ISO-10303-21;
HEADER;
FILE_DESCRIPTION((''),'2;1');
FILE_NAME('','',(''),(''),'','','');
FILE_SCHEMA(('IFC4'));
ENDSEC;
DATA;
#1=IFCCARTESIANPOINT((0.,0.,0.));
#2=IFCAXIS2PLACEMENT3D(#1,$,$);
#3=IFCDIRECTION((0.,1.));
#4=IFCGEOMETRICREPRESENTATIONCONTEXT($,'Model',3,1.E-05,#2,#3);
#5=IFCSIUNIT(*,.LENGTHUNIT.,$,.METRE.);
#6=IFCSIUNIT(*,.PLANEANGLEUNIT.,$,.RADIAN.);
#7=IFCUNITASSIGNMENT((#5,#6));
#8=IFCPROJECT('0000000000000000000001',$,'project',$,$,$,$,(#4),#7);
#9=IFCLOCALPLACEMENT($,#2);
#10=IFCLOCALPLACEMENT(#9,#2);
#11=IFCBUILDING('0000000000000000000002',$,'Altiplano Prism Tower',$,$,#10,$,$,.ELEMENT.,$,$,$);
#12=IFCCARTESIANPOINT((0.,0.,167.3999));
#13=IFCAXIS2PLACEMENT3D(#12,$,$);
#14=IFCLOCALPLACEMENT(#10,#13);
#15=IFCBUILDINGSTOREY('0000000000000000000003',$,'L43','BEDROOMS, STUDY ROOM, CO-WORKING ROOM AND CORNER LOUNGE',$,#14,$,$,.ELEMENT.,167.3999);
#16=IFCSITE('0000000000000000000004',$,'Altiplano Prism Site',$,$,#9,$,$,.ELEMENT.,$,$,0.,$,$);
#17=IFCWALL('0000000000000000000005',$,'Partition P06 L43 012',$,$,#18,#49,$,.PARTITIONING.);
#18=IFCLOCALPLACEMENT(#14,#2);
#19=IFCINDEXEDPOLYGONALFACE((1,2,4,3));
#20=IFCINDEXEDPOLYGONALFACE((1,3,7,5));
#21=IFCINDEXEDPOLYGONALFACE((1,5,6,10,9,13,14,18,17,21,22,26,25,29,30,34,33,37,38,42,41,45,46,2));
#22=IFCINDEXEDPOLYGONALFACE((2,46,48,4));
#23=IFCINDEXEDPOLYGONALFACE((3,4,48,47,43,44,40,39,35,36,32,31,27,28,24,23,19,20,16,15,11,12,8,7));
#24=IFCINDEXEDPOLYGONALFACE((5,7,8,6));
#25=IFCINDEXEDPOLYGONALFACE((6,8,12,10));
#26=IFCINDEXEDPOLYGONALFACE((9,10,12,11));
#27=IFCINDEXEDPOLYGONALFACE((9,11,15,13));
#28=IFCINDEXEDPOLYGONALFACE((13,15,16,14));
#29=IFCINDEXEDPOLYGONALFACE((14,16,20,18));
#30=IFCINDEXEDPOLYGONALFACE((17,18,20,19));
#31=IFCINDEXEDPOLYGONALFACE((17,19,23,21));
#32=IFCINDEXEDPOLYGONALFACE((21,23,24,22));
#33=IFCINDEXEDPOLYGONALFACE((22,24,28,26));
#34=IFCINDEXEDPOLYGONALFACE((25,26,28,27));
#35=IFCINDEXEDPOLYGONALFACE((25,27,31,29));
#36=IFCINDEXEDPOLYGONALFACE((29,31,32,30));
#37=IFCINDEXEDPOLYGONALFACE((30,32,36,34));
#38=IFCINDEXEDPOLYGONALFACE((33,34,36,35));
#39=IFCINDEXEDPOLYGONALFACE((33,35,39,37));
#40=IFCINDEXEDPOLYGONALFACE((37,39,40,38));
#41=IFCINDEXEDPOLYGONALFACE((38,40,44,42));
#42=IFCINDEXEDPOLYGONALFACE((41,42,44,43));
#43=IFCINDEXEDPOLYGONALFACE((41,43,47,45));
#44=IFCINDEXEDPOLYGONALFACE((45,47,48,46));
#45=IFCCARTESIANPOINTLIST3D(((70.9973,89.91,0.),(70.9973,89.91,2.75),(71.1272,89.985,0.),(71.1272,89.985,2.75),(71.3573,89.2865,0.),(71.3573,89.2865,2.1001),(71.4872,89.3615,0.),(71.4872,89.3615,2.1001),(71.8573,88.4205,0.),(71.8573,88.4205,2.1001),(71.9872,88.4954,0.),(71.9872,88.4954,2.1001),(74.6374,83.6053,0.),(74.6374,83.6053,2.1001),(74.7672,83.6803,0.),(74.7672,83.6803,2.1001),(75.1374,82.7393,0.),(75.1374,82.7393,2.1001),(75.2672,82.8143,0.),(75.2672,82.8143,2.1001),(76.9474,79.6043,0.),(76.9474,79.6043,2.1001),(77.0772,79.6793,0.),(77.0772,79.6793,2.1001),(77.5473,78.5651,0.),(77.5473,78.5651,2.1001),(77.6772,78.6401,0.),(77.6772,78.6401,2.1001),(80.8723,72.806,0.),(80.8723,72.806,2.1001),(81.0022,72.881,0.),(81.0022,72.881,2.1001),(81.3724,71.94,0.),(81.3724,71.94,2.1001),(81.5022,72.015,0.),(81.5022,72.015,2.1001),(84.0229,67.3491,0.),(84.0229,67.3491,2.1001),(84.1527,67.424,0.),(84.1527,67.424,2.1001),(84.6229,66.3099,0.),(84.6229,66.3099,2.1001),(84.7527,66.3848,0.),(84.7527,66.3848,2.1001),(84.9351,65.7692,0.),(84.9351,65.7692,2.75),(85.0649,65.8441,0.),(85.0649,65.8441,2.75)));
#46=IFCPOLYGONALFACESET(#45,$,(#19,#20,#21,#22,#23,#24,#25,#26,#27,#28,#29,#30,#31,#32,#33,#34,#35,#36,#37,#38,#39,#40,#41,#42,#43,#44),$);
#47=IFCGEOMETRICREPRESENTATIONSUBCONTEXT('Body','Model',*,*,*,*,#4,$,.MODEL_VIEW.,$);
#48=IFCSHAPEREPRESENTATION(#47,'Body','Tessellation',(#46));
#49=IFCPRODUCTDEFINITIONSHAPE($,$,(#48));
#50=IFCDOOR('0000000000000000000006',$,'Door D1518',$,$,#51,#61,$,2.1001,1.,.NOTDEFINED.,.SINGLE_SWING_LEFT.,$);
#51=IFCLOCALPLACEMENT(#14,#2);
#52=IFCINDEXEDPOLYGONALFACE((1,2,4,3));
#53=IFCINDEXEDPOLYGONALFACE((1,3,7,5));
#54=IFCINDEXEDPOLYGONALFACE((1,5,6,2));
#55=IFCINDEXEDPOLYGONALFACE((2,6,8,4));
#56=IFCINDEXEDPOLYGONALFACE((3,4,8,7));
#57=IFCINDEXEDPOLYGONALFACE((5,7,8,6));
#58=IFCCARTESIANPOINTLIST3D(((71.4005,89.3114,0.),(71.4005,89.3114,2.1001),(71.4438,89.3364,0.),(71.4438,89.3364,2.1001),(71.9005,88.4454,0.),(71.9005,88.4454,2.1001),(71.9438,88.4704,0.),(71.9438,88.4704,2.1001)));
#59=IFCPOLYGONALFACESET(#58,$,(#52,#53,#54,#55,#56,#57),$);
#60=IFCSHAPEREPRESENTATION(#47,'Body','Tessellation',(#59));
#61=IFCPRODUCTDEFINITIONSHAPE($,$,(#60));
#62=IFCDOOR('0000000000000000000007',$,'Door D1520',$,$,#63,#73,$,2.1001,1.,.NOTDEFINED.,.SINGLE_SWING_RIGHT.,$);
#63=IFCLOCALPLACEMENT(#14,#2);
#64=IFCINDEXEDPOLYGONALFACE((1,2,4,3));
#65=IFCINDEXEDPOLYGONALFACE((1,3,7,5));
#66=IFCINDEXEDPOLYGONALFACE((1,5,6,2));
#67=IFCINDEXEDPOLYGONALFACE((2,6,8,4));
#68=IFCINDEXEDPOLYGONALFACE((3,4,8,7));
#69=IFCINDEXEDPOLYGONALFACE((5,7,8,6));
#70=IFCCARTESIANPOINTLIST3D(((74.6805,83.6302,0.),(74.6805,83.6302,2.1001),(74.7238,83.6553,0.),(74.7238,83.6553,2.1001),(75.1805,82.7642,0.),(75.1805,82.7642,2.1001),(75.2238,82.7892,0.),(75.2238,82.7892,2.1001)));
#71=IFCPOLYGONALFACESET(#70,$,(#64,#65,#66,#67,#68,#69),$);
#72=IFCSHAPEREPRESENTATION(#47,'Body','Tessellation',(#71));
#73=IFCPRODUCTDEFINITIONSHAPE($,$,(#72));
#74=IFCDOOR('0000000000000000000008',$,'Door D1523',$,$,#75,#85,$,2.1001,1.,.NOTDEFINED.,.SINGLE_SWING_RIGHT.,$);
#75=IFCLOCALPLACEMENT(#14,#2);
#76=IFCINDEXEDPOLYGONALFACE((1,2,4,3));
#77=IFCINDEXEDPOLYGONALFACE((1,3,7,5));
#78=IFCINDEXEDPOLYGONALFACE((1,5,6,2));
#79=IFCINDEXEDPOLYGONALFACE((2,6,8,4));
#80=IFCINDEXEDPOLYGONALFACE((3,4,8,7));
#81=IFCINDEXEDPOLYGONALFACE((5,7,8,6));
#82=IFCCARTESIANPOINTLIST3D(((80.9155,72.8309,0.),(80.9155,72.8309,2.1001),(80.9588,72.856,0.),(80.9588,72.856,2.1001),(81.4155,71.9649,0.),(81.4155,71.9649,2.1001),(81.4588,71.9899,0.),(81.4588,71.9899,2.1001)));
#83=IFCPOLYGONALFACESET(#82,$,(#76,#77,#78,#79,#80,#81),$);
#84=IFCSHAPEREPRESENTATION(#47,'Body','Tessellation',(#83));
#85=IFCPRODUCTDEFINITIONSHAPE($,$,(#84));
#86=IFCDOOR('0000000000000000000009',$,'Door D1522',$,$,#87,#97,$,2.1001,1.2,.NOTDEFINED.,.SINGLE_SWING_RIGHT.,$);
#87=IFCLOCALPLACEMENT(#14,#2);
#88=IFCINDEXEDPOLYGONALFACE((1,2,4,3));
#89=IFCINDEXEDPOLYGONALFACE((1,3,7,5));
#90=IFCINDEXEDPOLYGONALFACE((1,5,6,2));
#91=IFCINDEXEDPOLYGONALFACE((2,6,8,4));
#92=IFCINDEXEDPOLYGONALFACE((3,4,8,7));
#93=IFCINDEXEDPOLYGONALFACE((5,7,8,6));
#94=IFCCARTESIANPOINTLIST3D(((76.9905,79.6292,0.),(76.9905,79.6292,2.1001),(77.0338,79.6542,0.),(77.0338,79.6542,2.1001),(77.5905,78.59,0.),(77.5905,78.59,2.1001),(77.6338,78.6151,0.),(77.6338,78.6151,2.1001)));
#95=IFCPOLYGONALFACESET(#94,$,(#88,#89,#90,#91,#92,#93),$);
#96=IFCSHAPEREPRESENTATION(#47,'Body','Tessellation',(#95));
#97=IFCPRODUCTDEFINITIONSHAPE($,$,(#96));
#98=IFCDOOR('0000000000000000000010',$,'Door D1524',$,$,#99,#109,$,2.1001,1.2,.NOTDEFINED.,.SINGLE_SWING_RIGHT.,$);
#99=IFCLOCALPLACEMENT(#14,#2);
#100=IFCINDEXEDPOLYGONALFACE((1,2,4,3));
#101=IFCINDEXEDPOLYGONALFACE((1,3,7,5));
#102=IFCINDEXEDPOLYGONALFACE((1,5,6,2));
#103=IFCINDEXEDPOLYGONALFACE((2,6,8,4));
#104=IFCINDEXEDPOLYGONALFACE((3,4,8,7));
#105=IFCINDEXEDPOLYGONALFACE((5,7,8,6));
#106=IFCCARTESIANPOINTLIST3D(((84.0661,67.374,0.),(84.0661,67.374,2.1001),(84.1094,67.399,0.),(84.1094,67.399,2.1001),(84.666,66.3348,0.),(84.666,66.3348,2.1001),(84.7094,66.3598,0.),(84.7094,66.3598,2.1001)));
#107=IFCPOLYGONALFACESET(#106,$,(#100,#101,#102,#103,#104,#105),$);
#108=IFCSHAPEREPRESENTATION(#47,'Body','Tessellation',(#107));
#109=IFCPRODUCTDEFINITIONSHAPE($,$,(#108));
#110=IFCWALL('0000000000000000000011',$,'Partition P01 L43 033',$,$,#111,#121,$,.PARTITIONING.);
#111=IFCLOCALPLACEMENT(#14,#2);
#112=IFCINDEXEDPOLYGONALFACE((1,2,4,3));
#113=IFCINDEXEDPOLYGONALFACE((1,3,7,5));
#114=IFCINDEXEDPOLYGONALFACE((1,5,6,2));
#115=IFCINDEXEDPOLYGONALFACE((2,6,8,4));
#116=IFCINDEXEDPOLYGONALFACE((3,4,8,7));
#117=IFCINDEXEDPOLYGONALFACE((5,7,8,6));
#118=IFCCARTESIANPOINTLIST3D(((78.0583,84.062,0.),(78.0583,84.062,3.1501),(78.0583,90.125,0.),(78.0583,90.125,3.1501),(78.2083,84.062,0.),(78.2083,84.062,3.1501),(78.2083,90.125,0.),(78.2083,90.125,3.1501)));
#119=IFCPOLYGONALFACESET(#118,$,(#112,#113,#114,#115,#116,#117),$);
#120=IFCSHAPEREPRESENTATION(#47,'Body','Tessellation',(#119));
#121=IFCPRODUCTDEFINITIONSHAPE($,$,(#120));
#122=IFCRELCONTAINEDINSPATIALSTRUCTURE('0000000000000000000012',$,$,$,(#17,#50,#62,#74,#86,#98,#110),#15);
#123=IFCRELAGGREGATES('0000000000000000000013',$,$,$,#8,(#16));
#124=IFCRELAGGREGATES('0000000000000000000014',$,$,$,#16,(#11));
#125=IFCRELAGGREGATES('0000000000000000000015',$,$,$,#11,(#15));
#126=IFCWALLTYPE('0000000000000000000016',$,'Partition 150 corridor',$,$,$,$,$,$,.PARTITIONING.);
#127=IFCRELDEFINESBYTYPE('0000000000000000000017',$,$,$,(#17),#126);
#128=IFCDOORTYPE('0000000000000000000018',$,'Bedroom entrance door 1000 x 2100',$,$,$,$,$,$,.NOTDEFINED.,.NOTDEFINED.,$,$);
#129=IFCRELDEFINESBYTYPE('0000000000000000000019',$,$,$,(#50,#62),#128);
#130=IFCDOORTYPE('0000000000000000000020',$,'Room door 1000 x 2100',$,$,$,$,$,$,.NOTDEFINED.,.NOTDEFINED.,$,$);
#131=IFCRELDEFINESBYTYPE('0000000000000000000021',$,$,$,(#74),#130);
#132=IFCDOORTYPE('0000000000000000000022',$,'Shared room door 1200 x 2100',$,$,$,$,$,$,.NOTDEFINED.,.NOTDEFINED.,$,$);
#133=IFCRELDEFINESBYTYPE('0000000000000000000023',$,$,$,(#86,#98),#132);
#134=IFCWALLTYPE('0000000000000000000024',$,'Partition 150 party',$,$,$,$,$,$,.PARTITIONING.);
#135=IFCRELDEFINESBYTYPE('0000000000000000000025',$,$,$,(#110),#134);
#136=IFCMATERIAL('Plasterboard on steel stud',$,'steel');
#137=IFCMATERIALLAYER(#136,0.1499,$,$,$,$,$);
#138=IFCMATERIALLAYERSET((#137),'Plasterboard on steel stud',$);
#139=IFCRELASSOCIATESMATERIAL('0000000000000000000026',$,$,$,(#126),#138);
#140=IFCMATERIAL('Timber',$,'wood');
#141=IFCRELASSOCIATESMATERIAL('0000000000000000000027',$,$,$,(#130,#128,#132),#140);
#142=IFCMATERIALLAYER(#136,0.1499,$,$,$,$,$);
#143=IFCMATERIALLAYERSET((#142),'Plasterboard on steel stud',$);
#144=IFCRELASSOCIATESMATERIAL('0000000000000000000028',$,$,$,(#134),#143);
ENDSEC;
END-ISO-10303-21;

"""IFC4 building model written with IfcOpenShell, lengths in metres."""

from ifc_helpers import new_model, si_unit, direction, frame, frame_2d, origin, place, context, subcontext, project, spatial, rectangle, extrude, material, layer, layer_set, type_object, element, fill, save


model = new_model("IFC4")

# Units and contexts
model_context = context("Model", 3, precision=1e-05, world=origin(), true_north=direction((0.0, 1.0)))
body_context = subcontext(model_context, "Body", "Model", "MODEL_VIEW")
ifc_project = project(units=[si_unit("LENGTHUNIT", "METRE"), si_unit("PLANEANGLEUNIT", "RADIAN")], contexts=[model_context])

# Site, building, storey
site_placement = place(None, origin())
site = spatial("IfcSite", under=ifc_project, at=site_placement, Name="Altiplano Prism Site", CompositionType="ELEMENT", RefElevation=0.0)
building_placement = place(site_placement, origin())
building = spatial("IfcBuilding", under=site, at=building_placement, Name="Altiplano Prism Tower", CompositionType="ELEMENT")
storey_placement = place(building_placement, frame((0.0, 0.0, 167.3999)))
storey = spatial("IfcBuildingStorey", under=building, at=storey_placement, Name="L43", Description="BEDROOMS, STUDY ROOM, CO-WORKING ROOM AND CORNER LOUNGE", CompositionType="ELEMENT", Elevation=167.3999)

# Shared definitions
ifc_material_1 = material(Name="Plasterboard on steel stud", Category="steel")

# Shared definitions
ifc_layer_1 = layer(ifc_material_1, 0.1499)
ifc_layer_set_1 = layer_set([ifc_layer_1], Name="Plasterboard on steel stud")
wall_type_1 = type_object("IfcWallType", Name="Partition 150 corridor", PredefinedType="PARTITIONING", material=ifc_layer_set_1)
ifc_material_2 = material(Name="Timber", Category="wood")
door_type_1 = type_object("IfcDoorType", Name="Room door 1000 x 2100", OperationType="NOTDEFINED", PredefinedType="NOTDEFINED", material=ifc_material_2)
door_type_2 = type_object("IfcDoorType", Name="Bedroom entrance door 1000 x 2100", OperationType="NOTDEFINED", PredefinedType="NOTDEFINED", material=ifc_material_2)

# Wall, openings, doors
wall_1_placement = place(storey_placement, frame((71.0623, 89.9475, 0.0), z_axis=(0.0, 0.0, 1.0), x_axis=(0.5, -0.866025, 0.0)))
wall_1 = element("IfcWall", 1, at=wall_1_placement, inside=storey, type_object=wall_type_1, Name="Partition P06 L43 012", PredefinedType="PARTITIONING", context=body_context, shape_type="SweptSolid", body=[
    extrude(rectangle(XDim=27.8755, YDim=0.1499, at=frame_2d((13.9377, 0.0))), origin(), (0.0, 0.0, 1.0), 2.75),
])
opening_1_placement = place(wall_1_placement, frame((0.72, 0.0, 0.0)))
opening_1 = element("IfcOpeningElement", 2, at=opening_1_placement, cuts=wall_1, PredefinedType="OPENING", context=body_context, shape_type="SweptSolid", body=[
    extrude(rectangle(XDim=1.0, YDim=2.1001, at=frame_2d((0.5, 1.05))), frame((0.0, 0.0854, 0.0), z_axis=(0.0, -1.0, 0.0), x_axis=(1.0, 0.0, 0.0)), (0.0, 0.0, 1.0), 0.1709),
])
opening_2_placement = place(wall_1_placement, frame((7.28, 0.0, 0.0)))
opening_2 = element("IfcOpeningElement", 3, at=opening_2_placement, cuts=wall_1, PredefinedType="OPENING", context=body_context, shape_type="SweptSolid", body=[
    extrude(rectangle(XDim=1.0, YDim=2.1001, at=frame_2d((0.5, 1.05))), frame((0.0, 0.0854, 0.0), z_axis=(0.0, -1.0, 0.0), x_axis=(1.0, 0.0, 0.0)), (0.0, 0.0, 1.0), 0.1709),
])
opening_3_placement = place(wall_1_placement, frame((11.8999, 0.0, 0.0)))
opening_3 = element("IfcOpeningElement", 4, at=opening_3_placement, cuts=wall_1, PredefinedType="OPENING", context=body_context, shape_type="SweptSolid", body=[
    extrude(rectangle(XDim=1.2, YDim=2.1001, at=frame_2d((0.6001, 1.05))), frame((0.0, 0.0854, 0.0), z_axis=(0.0, -1.0, 0.0), x_axis=(1.0, 0.0, 0.0)), (0.0, 0.0, 1.0), 0.1709),
])
opening_4_placement = place(wall_1_placement, frame((19.75, 0.0, 0.0)))
opening_4 = element("IfcOpeningElement", 5, at=opening_4_placement, cuts=wall_1, PredefinedType="OPENING", context=body_context, shape_type="SweptSolid", body=[
    extrude(rectangle(XDim=1.0, YDim=2.1001, at=frame_2d((0.5, 1.05))), frame((0.0, 0.0854, 0.0), z_axis=(0.0, -1.0, 0.0), x_axis=(1.0, 0.0, 0.0)), (0.0, 0.0, 1.0), 0.1709),
])
opening_5_placement = place(wall_1_placement, frame((26.051, 0.0, 0.0)))
opening_5 = element("IfcOpeningElement", 6, at=opening_5_placement, cuts=wall_1, PredefinedType="OPENING", context=body_context, shape_type="SweptSolid", body=[
    extrude(rectangle(XDim=1.2, YDim=2.1001, at=frame_2d((0.6001, 1.05))), frame((0.0, 0.0854, 0.0), z_axis=(0.0, -1.0, 0.0), x_axis=(1.0, 0.0, 0.0)), (0.0, 0.0, 1.0), 0.1709),
])
door_1_placement = place(opening_1_placement, origin())
door_1 = element("IfcDoor", 7, at=door_1_placement, inside=storey, type_object=door_type_2, Name="Door D1518", OperationType="SINGLE_SWING_LEFT", OverallHeight=2.1001, OverallWidth=1.0, PredefinedType="NOTDEFINED", context=body_context, shape_type="SweptSolid", body=[
    extrude(rectangle(XDim=1.0, YDim=2.1001, at=frame_2d((0.5, 1.05))), frame((0.0, 0.0249, 0.0), z_axis=(0.0, -1.0, 0.0), x_axis=(1.0, 0.0, 0.0)), (0.0, 0.0, 1.0), 0.05),
])
fill(opening_1, door_1)
door_2_placement = place(opening_2_placement, origin())
door_2 = element("IfcDoor", 8, at=door_2_placement, inside=storey, type_object=door_type_2, Name="Door D1520", OperationType="SINGLE_SWING_RIGHT", OverallHeight=2.1001, OverallWidth=1.0, PredefinedType="NOTDEFINED", context=body_context, shape_type="SweptSolid", body=[
    extrude(rectangle(XDim=1.0, YDim=2.1001, at=frame_2d((0.5, 1.05))), frame((0.0, 0.0249, 0.0), z_axis=(0.0, -1.0, 0.0), x_axis=(1.0, 0.0, 0.0)), (0.0, 0.0, 1.0), 0.05),
])
fill(opening_2, door_2)
door_3_placement = place(opening_4_placement, origin())
door_3 = element("IfcDoor", 9, at=door_3_placement, inside=storey, type_object=door_type_1, Name="Door D1523", OperationType="SINGLE_SWING_RIGHT", OverallHeight=2.1001, OverallWidth=1.0, PredefinedType="NOTDEFINED", context=body_context, shape_type="SweptSolid", body=[
    extrude(rectangle(XDim=1.0, YDim=2.1001, at=frame_2d((0.5, 1.05))), frame((0.0, 0.0249, 0.0), z_axis=(0.0, -1.0, 0.0), x_axis=(1.0, 0.0, 0.0)), (0.0, 0.0, 1.0), 0.05),
])
fill(opening_4, door_3)
door_type_3 = type_object("IfcDoorType", Name="Shared room door 1200 x 2100", OperationType="NOTDEFINED", PredefinedType="NOTDEFINED", material=ifc_material_2)
door_4_placement = place(opening_3_placement, origin())
door_4 = element("IfcDoor", 10, at=door_4_placement, inside=storey, type_object=door_type_3, Name="Door D1522", OperationType="SINGLE_SWING_RIGHT", OverallHeight=2.1001, OverallWidth=1.2, PredefinedType="NOTDEFINED", context=body_context, shape_type="SweptSolid", body=[
    extrude(rectangle(XDim=1.2, YDim=2.1001, at=frame_2d((0.6001, 1.05))), frame((0.0, 0.0249, 0.0), z_axis=(0.0, -1.0, 0.0), x_axis=(1.0, 0.0, 0.0)), (0.0, 0.0, 1.0), 0.05),
])
fill(opening_3, door_4)
door_5_placement = place(opening_5_placement, origin())
door_5 = element("IfcDoor", 11, at=door_5_placement, inside=storey, type_object=door_type_3, Name="Door D1524", OperationType="SINGLE_SWING_RIGHT", OverallHeight=2.1001, OverallWidth=1.2, PredefinedType="NOTDEFINED", context=body_context, shape_type="SweptSolid", body=[
    extrude(rectangle(XDim=1.2, YDim=2.1001, at=frame_2d((0.6001, 1.05))), frame((0.0, 0.0249, 0.0), z_axis=(0.0, -1.0, 0.0), x_axis=(1.0, 0.0, 0.0)), (0.0, 0.0, 1.0), 0.05),
])
fill(opening_5, door_5)

# Wall
ifc_layer_2 = layer(ifc_material_1, 0.1499)
ifc_layer_set_2 = layer_set([ifc_layer_2], Name="Plasterboard on steel stud")
wall_type_2 = type_object("IfcWallType", Name="Partition 150 party", PredefinedType="PARTITIONING", material=ifc_layer_set_2)
wall_2_placement = place(storey_placement, frame((78.1333, 84.062, 0.0), z_axis=(0.0, 0.0, 1.0), x_axis=(0.0, 1.0, 0.0)))
element("IfcWall", 12, at=wall_2_placement, inside=storey, type_object=wall_type_2, Name="Partition P01 L43 033", PredefinedType="PARTITIONING", context=body_context, shape_type="SweptSolid", body=[
    extrude(rectangle(XDim=6.063, YDim=0.1499, at=frame_2d((3.0315, 0.0))), origin(), (0.0, 0.0, 1.0), 3.1501),
])

save(model, "model.ifc")
